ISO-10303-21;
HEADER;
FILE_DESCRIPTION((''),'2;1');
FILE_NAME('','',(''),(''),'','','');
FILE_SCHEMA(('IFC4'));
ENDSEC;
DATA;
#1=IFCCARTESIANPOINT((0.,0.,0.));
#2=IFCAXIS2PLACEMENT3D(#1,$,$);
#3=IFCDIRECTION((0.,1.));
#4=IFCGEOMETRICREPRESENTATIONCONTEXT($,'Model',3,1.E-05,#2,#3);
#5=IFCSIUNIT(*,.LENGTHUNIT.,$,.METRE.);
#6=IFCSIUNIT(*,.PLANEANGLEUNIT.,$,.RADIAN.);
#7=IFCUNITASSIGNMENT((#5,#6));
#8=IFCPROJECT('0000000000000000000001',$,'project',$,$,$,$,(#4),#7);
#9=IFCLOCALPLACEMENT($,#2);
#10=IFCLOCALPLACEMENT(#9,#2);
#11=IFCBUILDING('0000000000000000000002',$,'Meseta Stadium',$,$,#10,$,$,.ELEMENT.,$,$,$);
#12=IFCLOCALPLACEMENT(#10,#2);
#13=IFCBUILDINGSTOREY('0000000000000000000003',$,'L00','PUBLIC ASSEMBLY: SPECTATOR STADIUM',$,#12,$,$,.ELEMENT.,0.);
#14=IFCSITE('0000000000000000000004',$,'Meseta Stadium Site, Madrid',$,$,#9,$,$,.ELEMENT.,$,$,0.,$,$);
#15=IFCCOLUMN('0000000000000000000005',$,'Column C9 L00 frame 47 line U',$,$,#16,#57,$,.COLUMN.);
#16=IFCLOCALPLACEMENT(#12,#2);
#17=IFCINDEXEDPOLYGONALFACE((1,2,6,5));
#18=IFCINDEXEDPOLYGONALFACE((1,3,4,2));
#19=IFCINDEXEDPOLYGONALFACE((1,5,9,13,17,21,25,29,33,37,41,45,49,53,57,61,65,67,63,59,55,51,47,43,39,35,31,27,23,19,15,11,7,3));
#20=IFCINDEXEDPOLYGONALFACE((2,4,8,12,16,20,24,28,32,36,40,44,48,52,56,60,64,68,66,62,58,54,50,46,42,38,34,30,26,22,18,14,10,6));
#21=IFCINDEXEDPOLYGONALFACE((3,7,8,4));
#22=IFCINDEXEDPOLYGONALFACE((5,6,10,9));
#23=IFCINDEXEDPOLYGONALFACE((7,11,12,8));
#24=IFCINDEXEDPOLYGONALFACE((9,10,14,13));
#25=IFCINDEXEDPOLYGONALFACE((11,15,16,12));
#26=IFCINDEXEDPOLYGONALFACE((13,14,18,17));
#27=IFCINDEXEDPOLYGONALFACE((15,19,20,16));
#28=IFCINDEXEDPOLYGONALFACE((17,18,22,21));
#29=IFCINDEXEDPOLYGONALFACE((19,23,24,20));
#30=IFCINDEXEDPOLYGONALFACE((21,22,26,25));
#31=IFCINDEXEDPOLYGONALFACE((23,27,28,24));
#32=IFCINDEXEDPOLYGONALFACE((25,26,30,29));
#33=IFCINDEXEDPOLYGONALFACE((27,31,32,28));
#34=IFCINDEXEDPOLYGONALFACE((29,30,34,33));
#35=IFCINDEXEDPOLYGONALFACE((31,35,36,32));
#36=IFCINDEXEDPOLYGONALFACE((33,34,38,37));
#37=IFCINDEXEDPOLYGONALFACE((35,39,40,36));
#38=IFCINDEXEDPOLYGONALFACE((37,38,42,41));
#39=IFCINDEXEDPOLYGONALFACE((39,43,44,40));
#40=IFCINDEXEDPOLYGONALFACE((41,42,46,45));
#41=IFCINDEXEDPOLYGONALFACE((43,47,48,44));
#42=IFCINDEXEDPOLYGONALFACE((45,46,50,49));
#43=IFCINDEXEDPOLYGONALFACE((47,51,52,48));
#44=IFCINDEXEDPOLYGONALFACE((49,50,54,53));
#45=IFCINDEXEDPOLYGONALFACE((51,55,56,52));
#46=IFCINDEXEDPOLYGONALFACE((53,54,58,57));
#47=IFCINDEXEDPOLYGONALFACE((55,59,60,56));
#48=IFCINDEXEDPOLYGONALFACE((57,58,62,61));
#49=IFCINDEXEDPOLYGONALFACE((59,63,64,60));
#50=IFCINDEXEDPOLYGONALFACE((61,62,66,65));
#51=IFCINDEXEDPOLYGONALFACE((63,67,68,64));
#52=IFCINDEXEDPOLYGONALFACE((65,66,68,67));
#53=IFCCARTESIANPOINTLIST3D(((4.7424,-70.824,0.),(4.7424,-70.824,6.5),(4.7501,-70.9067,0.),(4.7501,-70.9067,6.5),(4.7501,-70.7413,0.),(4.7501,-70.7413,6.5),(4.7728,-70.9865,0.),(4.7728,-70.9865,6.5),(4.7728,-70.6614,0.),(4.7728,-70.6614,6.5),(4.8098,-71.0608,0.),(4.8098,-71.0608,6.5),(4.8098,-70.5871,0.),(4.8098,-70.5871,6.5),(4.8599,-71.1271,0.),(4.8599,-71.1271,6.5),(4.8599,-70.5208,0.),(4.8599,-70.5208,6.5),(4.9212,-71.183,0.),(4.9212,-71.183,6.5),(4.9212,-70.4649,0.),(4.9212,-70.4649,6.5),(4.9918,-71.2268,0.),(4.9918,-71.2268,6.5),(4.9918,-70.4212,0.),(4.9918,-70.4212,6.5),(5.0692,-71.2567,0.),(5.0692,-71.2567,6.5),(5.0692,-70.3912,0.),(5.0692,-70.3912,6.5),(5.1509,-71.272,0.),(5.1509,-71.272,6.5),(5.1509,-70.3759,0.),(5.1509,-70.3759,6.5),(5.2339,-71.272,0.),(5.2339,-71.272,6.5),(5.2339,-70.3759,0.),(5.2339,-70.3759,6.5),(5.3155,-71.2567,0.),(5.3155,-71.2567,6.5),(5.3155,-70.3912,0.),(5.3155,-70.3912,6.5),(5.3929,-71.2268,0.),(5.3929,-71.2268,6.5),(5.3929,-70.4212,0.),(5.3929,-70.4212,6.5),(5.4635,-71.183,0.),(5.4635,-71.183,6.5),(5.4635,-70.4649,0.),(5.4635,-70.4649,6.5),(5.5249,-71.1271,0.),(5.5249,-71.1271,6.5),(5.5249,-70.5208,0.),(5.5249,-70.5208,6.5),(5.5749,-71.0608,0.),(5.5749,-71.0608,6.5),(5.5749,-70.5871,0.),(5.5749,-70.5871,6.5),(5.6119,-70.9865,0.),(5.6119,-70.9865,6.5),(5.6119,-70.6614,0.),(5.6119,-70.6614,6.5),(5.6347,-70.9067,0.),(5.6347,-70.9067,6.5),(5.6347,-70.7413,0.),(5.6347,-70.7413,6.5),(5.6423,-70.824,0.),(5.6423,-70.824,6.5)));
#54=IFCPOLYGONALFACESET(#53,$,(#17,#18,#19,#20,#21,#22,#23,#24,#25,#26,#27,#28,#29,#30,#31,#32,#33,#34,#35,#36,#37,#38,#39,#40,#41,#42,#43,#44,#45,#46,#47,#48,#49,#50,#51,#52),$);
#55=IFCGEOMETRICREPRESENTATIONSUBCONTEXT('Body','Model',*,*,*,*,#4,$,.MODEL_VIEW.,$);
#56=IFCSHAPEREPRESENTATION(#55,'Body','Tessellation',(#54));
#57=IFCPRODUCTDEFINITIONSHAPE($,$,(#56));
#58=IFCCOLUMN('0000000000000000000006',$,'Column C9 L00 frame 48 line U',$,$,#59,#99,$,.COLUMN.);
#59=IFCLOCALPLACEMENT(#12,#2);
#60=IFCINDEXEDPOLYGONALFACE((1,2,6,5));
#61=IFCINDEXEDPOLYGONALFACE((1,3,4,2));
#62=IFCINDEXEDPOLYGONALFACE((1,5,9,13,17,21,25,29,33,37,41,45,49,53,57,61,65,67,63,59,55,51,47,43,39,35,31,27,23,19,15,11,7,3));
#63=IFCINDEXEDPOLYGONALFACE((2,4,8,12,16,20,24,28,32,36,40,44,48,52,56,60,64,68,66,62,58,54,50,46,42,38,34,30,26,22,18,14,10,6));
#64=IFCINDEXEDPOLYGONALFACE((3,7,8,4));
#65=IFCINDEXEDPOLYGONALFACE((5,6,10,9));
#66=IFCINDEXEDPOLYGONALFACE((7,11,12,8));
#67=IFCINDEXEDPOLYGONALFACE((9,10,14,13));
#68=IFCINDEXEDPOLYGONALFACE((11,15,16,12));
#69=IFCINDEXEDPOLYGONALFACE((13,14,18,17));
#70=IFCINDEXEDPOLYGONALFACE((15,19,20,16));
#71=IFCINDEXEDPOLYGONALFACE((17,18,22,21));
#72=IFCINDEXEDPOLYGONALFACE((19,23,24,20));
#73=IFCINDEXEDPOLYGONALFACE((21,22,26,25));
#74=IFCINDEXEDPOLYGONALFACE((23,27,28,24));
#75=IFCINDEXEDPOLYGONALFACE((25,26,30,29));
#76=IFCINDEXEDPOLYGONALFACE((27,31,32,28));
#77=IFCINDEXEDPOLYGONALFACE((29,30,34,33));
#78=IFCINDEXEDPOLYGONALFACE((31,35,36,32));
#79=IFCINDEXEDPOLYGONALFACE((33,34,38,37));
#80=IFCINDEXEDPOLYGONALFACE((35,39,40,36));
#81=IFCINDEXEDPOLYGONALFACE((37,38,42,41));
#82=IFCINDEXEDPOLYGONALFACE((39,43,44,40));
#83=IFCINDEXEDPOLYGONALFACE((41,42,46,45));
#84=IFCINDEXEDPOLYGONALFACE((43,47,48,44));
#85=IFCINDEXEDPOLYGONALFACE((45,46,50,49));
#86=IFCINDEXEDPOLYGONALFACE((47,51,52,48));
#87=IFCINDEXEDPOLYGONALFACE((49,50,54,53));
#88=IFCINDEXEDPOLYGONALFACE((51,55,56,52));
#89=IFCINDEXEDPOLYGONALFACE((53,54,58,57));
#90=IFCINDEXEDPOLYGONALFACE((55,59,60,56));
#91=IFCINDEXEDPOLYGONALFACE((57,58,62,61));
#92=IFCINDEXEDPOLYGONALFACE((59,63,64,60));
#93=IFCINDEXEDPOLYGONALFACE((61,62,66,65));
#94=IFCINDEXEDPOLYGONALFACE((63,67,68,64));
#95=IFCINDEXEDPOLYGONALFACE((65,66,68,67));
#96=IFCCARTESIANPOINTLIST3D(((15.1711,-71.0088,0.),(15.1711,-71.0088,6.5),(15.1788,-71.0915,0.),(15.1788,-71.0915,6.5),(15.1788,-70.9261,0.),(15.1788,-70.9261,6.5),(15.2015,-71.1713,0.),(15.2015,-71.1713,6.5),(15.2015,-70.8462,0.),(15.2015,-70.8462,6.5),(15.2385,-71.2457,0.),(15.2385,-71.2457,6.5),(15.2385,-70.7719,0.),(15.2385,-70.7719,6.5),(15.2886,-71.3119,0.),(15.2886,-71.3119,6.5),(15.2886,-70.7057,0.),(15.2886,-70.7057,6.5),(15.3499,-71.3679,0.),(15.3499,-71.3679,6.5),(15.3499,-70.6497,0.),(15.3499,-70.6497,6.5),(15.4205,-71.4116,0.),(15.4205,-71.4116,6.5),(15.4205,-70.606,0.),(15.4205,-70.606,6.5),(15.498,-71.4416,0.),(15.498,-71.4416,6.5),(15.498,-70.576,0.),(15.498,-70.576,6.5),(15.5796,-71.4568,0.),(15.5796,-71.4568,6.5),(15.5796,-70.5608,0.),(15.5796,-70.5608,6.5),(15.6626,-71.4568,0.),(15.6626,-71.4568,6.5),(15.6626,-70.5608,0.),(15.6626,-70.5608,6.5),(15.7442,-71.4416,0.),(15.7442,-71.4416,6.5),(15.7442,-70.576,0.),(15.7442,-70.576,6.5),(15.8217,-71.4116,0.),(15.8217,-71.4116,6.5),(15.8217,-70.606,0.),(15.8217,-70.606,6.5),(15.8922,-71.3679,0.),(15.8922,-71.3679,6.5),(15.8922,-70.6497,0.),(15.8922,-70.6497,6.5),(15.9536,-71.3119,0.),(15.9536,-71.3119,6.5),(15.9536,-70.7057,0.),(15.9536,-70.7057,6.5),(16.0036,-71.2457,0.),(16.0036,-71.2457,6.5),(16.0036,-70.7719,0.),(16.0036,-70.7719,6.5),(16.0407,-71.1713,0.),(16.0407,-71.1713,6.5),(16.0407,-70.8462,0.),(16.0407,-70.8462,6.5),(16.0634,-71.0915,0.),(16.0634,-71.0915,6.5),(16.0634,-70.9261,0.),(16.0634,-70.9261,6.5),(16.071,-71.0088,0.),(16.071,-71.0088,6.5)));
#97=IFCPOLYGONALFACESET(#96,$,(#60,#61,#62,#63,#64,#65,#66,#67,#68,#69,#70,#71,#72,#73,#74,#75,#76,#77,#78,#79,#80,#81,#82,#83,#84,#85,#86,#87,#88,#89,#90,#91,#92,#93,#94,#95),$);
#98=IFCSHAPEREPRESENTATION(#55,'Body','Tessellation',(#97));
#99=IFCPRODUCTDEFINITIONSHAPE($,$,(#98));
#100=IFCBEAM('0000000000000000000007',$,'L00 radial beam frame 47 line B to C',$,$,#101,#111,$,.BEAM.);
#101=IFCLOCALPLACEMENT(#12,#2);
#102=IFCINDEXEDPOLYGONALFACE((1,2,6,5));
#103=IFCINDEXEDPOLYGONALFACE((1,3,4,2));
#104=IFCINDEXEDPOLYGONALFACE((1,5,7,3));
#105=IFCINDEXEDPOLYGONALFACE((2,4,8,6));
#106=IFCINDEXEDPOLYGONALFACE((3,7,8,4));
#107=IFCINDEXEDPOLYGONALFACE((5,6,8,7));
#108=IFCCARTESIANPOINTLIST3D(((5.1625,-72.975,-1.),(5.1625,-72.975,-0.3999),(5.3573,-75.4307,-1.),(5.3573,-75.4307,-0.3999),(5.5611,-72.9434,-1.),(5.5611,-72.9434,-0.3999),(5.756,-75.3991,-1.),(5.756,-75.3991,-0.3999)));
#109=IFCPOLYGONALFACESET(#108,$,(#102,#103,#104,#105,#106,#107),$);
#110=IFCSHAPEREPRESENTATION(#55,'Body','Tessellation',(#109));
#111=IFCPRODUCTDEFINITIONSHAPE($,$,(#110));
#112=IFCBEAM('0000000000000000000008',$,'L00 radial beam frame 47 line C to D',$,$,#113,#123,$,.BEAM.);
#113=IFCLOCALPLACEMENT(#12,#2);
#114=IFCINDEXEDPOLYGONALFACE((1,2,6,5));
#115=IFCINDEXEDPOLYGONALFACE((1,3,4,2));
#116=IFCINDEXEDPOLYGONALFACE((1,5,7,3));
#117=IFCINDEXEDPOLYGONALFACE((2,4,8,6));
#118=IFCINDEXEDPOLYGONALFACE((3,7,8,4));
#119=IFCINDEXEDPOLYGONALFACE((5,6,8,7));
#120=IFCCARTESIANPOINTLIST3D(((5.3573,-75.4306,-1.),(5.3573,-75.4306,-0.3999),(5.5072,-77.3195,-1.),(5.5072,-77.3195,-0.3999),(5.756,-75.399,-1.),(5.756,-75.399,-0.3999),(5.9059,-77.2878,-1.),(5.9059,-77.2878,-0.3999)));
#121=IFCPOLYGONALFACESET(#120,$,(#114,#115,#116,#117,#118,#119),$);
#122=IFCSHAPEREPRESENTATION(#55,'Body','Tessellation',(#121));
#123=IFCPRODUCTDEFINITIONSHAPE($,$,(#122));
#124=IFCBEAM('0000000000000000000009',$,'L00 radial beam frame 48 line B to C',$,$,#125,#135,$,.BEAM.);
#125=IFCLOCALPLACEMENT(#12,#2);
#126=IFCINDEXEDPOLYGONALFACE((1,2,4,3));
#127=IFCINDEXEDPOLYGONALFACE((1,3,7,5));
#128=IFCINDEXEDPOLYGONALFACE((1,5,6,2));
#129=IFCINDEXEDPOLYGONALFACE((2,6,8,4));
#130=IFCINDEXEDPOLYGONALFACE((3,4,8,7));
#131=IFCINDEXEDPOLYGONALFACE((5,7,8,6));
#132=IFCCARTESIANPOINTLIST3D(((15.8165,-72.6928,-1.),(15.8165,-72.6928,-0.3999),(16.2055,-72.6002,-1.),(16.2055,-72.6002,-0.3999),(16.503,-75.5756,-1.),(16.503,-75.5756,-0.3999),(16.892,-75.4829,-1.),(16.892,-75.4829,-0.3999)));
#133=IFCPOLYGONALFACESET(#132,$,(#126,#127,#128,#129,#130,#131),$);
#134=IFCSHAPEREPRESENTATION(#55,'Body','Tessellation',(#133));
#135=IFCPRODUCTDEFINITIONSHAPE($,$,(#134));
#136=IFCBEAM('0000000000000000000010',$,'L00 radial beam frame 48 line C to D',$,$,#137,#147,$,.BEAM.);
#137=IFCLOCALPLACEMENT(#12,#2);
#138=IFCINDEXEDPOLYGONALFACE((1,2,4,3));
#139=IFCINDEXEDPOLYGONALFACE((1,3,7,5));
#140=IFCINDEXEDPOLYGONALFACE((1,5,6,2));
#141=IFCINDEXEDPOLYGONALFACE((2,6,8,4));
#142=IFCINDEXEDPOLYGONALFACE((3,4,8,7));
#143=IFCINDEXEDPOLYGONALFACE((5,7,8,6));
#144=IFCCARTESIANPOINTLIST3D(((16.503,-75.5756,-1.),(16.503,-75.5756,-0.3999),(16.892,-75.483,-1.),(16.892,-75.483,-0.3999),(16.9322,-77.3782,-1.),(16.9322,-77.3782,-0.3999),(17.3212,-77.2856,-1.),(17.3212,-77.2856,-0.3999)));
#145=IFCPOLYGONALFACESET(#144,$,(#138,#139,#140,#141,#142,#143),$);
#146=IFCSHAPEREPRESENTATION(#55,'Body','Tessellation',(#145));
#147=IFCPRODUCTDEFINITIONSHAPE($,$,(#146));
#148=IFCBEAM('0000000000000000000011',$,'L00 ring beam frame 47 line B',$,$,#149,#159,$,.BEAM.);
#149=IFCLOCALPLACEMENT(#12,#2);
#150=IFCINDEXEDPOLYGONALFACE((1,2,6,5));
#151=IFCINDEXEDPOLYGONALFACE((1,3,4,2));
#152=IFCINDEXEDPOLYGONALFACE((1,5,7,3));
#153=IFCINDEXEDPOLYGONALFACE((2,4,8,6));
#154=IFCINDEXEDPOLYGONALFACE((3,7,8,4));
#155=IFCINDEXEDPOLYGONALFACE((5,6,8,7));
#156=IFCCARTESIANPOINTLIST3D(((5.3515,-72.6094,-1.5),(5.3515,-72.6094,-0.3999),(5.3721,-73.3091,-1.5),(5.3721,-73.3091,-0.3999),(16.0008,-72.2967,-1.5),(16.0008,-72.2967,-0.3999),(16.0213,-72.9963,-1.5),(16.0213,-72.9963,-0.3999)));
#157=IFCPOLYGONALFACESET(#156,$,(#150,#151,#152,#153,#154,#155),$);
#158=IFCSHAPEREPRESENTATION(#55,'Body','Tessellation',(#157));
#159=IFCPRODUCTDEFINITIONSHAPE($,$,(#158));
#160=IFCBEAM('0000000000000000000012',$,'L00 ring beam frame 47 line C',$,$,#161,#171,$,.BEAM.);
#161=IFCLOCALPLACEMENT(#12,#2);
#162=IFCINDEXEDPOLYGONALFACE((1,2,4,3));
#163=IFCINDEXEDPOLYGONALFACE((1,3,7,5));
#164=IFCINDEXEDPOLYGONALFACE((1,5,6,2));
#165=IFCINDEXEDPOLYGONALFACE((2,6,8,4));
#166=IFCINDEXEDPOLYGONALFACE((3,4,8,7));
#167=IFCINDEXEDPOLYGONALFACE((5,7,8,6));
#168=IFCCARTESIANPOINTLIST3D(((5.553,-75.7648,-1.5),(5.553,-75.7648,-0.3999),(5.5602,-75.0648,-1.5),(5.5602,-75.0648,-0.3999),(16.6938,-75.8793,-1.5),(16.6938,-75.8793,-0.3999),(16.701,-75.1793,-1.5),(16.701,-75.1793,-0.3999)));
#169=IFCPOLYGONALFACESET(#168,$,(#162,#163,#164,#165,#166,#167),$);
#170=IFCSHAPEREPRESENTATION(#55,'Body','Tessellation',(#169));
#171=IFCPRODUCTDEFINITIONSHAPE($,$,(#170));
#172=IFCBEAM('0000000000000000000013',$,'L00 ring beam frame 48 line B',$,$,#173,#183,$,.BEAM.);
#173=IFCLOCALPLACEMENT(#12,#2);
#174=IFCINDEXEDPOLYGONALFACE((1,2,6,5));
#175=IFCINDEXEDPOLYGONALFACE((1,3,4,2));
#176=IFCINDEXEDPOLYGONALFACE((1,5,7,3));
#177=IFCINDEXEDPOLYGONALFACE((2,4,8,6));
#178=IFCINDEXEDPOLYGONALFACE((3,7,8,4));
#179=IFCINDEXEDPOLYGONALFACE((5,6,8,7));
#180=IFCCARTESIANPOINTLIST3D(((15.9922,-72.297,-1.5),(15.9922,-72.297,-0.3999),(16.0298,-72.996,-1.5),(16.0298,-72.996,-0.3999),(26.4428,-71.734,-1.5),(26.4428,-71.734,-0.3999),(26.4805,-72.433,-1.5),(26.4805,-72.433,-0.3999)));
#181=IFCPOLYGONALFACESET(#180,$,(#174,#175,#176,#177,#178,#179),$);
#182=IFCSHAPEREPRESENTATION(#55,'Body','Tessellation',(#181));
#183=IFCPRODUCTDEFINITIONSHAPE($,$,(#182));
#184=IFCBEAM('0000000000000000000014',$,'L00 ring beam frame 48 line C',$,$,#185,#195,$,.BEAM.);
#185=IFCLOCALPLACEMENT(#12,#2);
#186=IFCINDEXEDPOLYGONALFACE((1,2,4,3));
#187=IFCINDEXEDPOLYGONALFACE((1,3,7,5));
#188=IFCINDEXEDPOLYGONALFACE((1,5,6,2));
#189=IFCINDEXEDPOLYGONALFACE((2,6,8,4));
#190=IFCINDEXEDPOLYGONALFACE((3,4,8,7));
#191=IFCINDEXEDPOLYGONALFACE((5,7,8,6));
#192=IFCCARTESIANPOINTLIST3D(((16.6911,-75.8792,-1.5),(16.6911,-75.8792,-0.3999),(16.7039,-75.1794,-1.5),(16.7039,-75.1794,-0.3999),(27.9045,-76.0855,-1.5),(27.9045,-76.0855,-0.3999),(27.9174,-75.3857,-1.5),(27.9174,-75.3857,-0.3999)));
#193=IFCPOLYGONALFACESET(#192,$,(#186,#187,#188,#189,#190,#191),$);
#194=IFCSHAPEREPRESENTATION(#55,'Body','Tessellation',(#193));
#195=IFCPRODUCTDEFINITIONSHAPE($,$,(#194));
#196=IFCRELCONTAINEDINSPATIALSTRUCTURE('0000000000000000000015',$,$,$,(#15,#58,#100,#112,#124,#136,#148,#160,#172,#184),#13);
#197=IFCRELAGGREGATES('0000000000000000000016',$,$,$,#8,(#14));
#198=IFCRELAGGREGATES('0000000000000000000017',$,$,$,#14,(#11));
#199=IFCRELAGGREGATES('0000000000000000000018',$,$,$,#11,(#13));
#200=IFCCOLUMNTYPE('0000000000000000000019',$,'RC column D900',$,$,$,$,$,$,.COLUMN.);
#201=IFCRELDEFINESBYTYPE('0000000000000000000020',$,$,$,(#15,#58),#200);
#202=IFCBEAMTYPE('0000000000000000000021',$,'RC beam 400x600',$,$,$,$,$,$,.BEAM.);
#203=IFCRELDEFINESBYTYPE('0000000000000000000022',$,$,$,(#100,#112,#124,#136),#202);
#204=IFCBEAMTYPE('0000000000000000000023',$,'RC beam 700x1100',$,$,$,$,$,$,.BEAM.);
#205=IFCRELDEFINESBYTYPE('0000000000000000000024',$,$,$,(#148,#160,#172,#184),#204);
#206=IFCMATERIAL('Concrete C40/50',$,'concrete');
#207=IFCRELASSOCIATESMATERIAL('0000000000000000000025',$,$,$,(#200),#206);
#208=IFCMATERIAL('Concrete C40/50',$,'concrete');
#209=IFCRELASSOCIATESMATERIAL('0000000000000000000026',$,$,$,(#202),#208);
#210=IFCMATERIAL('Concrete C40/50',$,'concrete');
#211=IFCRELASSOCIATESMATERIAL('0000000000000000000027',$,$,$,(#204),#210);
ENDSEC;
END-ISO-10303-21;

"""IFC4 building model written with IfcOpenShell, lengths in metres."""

from ifc_helpers import new_model, si_unit, direction, frame, origin, origin_2d, place, context, subcontext, project, spatial, rectangle, circle, extrude, material, material_profile, profile_set, type_object, element, save


model = new_model("IFC4")

# Units and contexts
model_context = context("Model", 3, precision=1e-05, world=origin(), true_north=direction((0.0, 1.0)))
body_context = subcontext(model_context, "Body", "Model", "MODEL_VIEW")
ifc_project = project(units=[si_unit("LENGTHUNIT", "METRE"), si_unit("PLANEANGLEUNIT", "RADIAN")], contexts=[model_context])

# Site, building, storey
site_placement = place(None, origin())
site = spatial("IfcSite", under=ifc_project, at=site_placement, Name="Meseta Stadium Site, Madrid", CompositionType="ELEMENT", RefElevation=0.0)
building_placement = place(site_placement, origin())
building = spatial("IfcBuilding", under=site, at=building_placement, Name="Meseta Stadium", CompositionType="ELEMENT")
storey_placement = place(building_placement, origin())
storey = spatial("IfcBuildingStorey", under=building, at=storey_placement, Name="L00", Description="PUBLIC ASSEMBLY: SPECTATOR STADIUM", CompositionType="ELEMENT", Elevation=0.0)

# Columns
ifc_material_1 = material(Name="Concrete C40/50", Category="concrete")
ifc_material_profile_1 = material_profile(ifc_material_1, circle(Radius=0.45, at=origin_2d()), Name="RC D900")
ifc_profile_set_1 = profile_set([ifc_material_profile_1], Name="Concrete C40/50")
column_type_1 = type_object("IfcColumnType", Name="RC column D900", PredefinedType="COLUMN", material=ifc_profile_set_1)
for number, where, z_axis, x_axis, name in (
    (1, (5.1924, -70.824, 0.0), (0.0, 0.0, 1.0), (1.0, 0.0, 0.0), "Column C9 L00 frame 47 line U"),
    (2, (15.6211, -71.0088, 0.0), (0.0, 0.0, 1.0), (1.0, 0.0, 0.0), "Column C9 L00 frame 48 line U"),
):
    element("IfcColumn", number, at=place(storey_placement, frame(where, z_axis=z_axis, x_axis=x_axis)), inside=storey, type_object=column_type_1, Name=name, PredefinedType="COLUMN", context=body_context, shape_type="SweptSolid", body=[
        extrude(circle(Radius=0.45, at=origin_2d()), origin(), (0.0, 0.0, 1.0), 6.5),
    ])

# Beams
ifc_material_2 = material(Name="Concrete C40/50", Category="concrete")
ifc_material_profile_2 = material_profile(ifc_material_2, rectangle(XDim=0.3999, YDim=0.6001, at=origin_2d()), Name="RC 400x600")
ifc_profile_set_2 = profile_set([ifc_material_profile_2], Name="Concrete C40/50")
beam_type_1 = type_object("IfcBeamType", Name="RC beam 400x600", PredefinedType="BEAM", material=ifc_profile_set_2)
beam_1_placement = place(storey_placement, frame((5.3618, -72.9592, -0.7), z_axis=(0.079091, -0.996867, 0.0), x_axis=(0.996867, 0.079091, 0.0)))
element("IfcBeam", 3, at=beam_1_placement, inside=storey, type_object=beam_type_1, Name="L00 radial beam frame 47 line B to C", PredefinedType="BEAM", context=body_context, shape_type="SweptSolid", body=[
    extrude(rectangle(XDim=0.3999, YDim=0.6001, at=origin_2d()), origin(), (0.0, 0.0, 1.0), 2.4634),
])
beam_2_placement = place(storey_placement, frame((5.5566, -75.4148, -0.7), z_axis=(0.07911, -0.996866, 0.0), x_axis=(0.996866, 0.07911, 0.0)))
element("IfcBeam", 4, at=beam_2_placement, inside=storey, type_object=beam_type_1, Name="L00 radial beam frame 47 line C to D", PredefinedType="BEAM", context=body_context, shape_type="SweptSolid", body=[
    extrude(rectangle(XDim=0.3999, YDim=0.6001, at=origin_2d()), origin(), (0.0, 0.0, 1.0), 1.8948),
])
beam_3_placement = place(storey_placement, frame((16.011, -72.6465, -0.7), z_axis=(0.231665, -0.972796, 0.0), x_axis=(0.972796, 0.231665, 0.0)))
element("IfcBeam", 5, at=beam_3_placement, inside=storey, type_object=beam_type_1, Name="L00 radial beam frame 48 line B to C", PredefinedType="BEAM", context=body_context, shape_type="SweptSolid", body=[
    extrude(rectangle(XDim=0.3999, YDim=0.6001, at=origin_2d()), origin(), (0.0, 0.0, 1.0), 2.9634),
])
beam_4_placement = place(storey_placement, frame((16.6975, -75.5293, -0.7), z_axis=(0.231609, -0.972809, 0.0), x_axis=(0.972809, 0.231609, 0.0)))
element("IfcBeam", 6, at=beam_4_placement, inside=storey, type_object=beam_type_1, Name="L00 radial beam frame 48 line C to D", PredefinedType="BEAM", context=body_context, shape_type="SweptSolid", body=[
    extrude(rectangle(XDim=0.3999, YDim=0.6001, at=origin_2d()), origin(), (0.0, 0.0, 1.0), 1.853),
])
ifc_material_3 = material(Name="Concrete C40/50", Category="concrete")
ifc_material_profile_3 = material_profile(ifc_material_3, rectangle(XDim=0.7, YDim=1.1001, at=origin_2d()), Name="RC 700x1100")
ifc_profile_set_3 = profile_set([ifc_material_profile_3], Name="Concrete C40/50")
beam_type_2 = type_object("IfcBeamType", Name="RC beam 700x1100", PredefinedType="BEAM", material=ifc_profile_set_3)
beam_5_placement = place(storey_placement, frame((5.3618, -72.9592, -0.95), z_axis=(0.999569, 0.029355, 0.0), x_axis=(-0.029355, 0.999569, 0.0)))
element("IfcBeam", 7, at=beam_5_placement, inside=storey, type_object=beam_type_2, Name="L00 ring beam frame 47 line B", PredefinedType="BEAM", context=body_context, shape_type="SweptSolid", body=[
    extrude(rectangle(XDim=0.7, YDim=1.1001, at=origin_2d()), origin(), (0.0, 0.0, 1.0), 10.6538),
])
beam_6_placement = place(storey_placement, frame((5.5566, -75.4148, -0.95), z_axis=(0.999947, -0.010277, 0.0), x_axis=(0.010277, 0.999947, 0.0)))
element("IfcBeam", 8, at=beam_6_placement, inside=storey, type_object=beam_type_2, Name="L00 ring beam frame 47 line C", PredefinedType="BEAM", context=body_context, shape_type="SweptSolid", body=[
    extrude(rectangle(XDim=0.7, YDim=1.1001, at=origin_2d()), origin(), (0.0, 0.0, 1.0), 11.1414),
])
beam_7_placement = place(storey_placement, frame((16.011, -72.6465, -0.95), z_axis=(0.998552, 0.053793, 0.0), x_axis=(-0.053793, 0.998552, 0.0)))
element("IfcBeam", 9, at=beam_7_placement, inside=storey, type_object=beam_type_2, Name="L00 ring beam frame 48 line B", PredefinedType="BEAM", context=body_context, shape_type="SweptSolid", body=[
    extrude(rectangle(XDim=0.7, YDim=1.1001, at=origin_2d()), origin(), (0.0, 0.0, 1.0), 10.4658),
])
beam_8_placement = place(storey_placement, frame((16.6975, -75.5293, -0.95), z_axis=(0.999831, -0.018394, 0.0), x_axis=(0.018394, 0.999831, 0.0)))
element("IfcBeam", 10, at=beam_8_placement, inside=storey, type_object=beam_type_2, Name="L00 ring beam frame 48 line C", PredefinedType="BEAM", context=body_context, shape_type="SweptSolid", body=[
    extrude(rectangle(XDim=0.7, YDim=1.1001, at=origin_2d()), origin(), (0.0, 0.0, 1.0), 11.2153),
])

save(model, "model.ifc")
